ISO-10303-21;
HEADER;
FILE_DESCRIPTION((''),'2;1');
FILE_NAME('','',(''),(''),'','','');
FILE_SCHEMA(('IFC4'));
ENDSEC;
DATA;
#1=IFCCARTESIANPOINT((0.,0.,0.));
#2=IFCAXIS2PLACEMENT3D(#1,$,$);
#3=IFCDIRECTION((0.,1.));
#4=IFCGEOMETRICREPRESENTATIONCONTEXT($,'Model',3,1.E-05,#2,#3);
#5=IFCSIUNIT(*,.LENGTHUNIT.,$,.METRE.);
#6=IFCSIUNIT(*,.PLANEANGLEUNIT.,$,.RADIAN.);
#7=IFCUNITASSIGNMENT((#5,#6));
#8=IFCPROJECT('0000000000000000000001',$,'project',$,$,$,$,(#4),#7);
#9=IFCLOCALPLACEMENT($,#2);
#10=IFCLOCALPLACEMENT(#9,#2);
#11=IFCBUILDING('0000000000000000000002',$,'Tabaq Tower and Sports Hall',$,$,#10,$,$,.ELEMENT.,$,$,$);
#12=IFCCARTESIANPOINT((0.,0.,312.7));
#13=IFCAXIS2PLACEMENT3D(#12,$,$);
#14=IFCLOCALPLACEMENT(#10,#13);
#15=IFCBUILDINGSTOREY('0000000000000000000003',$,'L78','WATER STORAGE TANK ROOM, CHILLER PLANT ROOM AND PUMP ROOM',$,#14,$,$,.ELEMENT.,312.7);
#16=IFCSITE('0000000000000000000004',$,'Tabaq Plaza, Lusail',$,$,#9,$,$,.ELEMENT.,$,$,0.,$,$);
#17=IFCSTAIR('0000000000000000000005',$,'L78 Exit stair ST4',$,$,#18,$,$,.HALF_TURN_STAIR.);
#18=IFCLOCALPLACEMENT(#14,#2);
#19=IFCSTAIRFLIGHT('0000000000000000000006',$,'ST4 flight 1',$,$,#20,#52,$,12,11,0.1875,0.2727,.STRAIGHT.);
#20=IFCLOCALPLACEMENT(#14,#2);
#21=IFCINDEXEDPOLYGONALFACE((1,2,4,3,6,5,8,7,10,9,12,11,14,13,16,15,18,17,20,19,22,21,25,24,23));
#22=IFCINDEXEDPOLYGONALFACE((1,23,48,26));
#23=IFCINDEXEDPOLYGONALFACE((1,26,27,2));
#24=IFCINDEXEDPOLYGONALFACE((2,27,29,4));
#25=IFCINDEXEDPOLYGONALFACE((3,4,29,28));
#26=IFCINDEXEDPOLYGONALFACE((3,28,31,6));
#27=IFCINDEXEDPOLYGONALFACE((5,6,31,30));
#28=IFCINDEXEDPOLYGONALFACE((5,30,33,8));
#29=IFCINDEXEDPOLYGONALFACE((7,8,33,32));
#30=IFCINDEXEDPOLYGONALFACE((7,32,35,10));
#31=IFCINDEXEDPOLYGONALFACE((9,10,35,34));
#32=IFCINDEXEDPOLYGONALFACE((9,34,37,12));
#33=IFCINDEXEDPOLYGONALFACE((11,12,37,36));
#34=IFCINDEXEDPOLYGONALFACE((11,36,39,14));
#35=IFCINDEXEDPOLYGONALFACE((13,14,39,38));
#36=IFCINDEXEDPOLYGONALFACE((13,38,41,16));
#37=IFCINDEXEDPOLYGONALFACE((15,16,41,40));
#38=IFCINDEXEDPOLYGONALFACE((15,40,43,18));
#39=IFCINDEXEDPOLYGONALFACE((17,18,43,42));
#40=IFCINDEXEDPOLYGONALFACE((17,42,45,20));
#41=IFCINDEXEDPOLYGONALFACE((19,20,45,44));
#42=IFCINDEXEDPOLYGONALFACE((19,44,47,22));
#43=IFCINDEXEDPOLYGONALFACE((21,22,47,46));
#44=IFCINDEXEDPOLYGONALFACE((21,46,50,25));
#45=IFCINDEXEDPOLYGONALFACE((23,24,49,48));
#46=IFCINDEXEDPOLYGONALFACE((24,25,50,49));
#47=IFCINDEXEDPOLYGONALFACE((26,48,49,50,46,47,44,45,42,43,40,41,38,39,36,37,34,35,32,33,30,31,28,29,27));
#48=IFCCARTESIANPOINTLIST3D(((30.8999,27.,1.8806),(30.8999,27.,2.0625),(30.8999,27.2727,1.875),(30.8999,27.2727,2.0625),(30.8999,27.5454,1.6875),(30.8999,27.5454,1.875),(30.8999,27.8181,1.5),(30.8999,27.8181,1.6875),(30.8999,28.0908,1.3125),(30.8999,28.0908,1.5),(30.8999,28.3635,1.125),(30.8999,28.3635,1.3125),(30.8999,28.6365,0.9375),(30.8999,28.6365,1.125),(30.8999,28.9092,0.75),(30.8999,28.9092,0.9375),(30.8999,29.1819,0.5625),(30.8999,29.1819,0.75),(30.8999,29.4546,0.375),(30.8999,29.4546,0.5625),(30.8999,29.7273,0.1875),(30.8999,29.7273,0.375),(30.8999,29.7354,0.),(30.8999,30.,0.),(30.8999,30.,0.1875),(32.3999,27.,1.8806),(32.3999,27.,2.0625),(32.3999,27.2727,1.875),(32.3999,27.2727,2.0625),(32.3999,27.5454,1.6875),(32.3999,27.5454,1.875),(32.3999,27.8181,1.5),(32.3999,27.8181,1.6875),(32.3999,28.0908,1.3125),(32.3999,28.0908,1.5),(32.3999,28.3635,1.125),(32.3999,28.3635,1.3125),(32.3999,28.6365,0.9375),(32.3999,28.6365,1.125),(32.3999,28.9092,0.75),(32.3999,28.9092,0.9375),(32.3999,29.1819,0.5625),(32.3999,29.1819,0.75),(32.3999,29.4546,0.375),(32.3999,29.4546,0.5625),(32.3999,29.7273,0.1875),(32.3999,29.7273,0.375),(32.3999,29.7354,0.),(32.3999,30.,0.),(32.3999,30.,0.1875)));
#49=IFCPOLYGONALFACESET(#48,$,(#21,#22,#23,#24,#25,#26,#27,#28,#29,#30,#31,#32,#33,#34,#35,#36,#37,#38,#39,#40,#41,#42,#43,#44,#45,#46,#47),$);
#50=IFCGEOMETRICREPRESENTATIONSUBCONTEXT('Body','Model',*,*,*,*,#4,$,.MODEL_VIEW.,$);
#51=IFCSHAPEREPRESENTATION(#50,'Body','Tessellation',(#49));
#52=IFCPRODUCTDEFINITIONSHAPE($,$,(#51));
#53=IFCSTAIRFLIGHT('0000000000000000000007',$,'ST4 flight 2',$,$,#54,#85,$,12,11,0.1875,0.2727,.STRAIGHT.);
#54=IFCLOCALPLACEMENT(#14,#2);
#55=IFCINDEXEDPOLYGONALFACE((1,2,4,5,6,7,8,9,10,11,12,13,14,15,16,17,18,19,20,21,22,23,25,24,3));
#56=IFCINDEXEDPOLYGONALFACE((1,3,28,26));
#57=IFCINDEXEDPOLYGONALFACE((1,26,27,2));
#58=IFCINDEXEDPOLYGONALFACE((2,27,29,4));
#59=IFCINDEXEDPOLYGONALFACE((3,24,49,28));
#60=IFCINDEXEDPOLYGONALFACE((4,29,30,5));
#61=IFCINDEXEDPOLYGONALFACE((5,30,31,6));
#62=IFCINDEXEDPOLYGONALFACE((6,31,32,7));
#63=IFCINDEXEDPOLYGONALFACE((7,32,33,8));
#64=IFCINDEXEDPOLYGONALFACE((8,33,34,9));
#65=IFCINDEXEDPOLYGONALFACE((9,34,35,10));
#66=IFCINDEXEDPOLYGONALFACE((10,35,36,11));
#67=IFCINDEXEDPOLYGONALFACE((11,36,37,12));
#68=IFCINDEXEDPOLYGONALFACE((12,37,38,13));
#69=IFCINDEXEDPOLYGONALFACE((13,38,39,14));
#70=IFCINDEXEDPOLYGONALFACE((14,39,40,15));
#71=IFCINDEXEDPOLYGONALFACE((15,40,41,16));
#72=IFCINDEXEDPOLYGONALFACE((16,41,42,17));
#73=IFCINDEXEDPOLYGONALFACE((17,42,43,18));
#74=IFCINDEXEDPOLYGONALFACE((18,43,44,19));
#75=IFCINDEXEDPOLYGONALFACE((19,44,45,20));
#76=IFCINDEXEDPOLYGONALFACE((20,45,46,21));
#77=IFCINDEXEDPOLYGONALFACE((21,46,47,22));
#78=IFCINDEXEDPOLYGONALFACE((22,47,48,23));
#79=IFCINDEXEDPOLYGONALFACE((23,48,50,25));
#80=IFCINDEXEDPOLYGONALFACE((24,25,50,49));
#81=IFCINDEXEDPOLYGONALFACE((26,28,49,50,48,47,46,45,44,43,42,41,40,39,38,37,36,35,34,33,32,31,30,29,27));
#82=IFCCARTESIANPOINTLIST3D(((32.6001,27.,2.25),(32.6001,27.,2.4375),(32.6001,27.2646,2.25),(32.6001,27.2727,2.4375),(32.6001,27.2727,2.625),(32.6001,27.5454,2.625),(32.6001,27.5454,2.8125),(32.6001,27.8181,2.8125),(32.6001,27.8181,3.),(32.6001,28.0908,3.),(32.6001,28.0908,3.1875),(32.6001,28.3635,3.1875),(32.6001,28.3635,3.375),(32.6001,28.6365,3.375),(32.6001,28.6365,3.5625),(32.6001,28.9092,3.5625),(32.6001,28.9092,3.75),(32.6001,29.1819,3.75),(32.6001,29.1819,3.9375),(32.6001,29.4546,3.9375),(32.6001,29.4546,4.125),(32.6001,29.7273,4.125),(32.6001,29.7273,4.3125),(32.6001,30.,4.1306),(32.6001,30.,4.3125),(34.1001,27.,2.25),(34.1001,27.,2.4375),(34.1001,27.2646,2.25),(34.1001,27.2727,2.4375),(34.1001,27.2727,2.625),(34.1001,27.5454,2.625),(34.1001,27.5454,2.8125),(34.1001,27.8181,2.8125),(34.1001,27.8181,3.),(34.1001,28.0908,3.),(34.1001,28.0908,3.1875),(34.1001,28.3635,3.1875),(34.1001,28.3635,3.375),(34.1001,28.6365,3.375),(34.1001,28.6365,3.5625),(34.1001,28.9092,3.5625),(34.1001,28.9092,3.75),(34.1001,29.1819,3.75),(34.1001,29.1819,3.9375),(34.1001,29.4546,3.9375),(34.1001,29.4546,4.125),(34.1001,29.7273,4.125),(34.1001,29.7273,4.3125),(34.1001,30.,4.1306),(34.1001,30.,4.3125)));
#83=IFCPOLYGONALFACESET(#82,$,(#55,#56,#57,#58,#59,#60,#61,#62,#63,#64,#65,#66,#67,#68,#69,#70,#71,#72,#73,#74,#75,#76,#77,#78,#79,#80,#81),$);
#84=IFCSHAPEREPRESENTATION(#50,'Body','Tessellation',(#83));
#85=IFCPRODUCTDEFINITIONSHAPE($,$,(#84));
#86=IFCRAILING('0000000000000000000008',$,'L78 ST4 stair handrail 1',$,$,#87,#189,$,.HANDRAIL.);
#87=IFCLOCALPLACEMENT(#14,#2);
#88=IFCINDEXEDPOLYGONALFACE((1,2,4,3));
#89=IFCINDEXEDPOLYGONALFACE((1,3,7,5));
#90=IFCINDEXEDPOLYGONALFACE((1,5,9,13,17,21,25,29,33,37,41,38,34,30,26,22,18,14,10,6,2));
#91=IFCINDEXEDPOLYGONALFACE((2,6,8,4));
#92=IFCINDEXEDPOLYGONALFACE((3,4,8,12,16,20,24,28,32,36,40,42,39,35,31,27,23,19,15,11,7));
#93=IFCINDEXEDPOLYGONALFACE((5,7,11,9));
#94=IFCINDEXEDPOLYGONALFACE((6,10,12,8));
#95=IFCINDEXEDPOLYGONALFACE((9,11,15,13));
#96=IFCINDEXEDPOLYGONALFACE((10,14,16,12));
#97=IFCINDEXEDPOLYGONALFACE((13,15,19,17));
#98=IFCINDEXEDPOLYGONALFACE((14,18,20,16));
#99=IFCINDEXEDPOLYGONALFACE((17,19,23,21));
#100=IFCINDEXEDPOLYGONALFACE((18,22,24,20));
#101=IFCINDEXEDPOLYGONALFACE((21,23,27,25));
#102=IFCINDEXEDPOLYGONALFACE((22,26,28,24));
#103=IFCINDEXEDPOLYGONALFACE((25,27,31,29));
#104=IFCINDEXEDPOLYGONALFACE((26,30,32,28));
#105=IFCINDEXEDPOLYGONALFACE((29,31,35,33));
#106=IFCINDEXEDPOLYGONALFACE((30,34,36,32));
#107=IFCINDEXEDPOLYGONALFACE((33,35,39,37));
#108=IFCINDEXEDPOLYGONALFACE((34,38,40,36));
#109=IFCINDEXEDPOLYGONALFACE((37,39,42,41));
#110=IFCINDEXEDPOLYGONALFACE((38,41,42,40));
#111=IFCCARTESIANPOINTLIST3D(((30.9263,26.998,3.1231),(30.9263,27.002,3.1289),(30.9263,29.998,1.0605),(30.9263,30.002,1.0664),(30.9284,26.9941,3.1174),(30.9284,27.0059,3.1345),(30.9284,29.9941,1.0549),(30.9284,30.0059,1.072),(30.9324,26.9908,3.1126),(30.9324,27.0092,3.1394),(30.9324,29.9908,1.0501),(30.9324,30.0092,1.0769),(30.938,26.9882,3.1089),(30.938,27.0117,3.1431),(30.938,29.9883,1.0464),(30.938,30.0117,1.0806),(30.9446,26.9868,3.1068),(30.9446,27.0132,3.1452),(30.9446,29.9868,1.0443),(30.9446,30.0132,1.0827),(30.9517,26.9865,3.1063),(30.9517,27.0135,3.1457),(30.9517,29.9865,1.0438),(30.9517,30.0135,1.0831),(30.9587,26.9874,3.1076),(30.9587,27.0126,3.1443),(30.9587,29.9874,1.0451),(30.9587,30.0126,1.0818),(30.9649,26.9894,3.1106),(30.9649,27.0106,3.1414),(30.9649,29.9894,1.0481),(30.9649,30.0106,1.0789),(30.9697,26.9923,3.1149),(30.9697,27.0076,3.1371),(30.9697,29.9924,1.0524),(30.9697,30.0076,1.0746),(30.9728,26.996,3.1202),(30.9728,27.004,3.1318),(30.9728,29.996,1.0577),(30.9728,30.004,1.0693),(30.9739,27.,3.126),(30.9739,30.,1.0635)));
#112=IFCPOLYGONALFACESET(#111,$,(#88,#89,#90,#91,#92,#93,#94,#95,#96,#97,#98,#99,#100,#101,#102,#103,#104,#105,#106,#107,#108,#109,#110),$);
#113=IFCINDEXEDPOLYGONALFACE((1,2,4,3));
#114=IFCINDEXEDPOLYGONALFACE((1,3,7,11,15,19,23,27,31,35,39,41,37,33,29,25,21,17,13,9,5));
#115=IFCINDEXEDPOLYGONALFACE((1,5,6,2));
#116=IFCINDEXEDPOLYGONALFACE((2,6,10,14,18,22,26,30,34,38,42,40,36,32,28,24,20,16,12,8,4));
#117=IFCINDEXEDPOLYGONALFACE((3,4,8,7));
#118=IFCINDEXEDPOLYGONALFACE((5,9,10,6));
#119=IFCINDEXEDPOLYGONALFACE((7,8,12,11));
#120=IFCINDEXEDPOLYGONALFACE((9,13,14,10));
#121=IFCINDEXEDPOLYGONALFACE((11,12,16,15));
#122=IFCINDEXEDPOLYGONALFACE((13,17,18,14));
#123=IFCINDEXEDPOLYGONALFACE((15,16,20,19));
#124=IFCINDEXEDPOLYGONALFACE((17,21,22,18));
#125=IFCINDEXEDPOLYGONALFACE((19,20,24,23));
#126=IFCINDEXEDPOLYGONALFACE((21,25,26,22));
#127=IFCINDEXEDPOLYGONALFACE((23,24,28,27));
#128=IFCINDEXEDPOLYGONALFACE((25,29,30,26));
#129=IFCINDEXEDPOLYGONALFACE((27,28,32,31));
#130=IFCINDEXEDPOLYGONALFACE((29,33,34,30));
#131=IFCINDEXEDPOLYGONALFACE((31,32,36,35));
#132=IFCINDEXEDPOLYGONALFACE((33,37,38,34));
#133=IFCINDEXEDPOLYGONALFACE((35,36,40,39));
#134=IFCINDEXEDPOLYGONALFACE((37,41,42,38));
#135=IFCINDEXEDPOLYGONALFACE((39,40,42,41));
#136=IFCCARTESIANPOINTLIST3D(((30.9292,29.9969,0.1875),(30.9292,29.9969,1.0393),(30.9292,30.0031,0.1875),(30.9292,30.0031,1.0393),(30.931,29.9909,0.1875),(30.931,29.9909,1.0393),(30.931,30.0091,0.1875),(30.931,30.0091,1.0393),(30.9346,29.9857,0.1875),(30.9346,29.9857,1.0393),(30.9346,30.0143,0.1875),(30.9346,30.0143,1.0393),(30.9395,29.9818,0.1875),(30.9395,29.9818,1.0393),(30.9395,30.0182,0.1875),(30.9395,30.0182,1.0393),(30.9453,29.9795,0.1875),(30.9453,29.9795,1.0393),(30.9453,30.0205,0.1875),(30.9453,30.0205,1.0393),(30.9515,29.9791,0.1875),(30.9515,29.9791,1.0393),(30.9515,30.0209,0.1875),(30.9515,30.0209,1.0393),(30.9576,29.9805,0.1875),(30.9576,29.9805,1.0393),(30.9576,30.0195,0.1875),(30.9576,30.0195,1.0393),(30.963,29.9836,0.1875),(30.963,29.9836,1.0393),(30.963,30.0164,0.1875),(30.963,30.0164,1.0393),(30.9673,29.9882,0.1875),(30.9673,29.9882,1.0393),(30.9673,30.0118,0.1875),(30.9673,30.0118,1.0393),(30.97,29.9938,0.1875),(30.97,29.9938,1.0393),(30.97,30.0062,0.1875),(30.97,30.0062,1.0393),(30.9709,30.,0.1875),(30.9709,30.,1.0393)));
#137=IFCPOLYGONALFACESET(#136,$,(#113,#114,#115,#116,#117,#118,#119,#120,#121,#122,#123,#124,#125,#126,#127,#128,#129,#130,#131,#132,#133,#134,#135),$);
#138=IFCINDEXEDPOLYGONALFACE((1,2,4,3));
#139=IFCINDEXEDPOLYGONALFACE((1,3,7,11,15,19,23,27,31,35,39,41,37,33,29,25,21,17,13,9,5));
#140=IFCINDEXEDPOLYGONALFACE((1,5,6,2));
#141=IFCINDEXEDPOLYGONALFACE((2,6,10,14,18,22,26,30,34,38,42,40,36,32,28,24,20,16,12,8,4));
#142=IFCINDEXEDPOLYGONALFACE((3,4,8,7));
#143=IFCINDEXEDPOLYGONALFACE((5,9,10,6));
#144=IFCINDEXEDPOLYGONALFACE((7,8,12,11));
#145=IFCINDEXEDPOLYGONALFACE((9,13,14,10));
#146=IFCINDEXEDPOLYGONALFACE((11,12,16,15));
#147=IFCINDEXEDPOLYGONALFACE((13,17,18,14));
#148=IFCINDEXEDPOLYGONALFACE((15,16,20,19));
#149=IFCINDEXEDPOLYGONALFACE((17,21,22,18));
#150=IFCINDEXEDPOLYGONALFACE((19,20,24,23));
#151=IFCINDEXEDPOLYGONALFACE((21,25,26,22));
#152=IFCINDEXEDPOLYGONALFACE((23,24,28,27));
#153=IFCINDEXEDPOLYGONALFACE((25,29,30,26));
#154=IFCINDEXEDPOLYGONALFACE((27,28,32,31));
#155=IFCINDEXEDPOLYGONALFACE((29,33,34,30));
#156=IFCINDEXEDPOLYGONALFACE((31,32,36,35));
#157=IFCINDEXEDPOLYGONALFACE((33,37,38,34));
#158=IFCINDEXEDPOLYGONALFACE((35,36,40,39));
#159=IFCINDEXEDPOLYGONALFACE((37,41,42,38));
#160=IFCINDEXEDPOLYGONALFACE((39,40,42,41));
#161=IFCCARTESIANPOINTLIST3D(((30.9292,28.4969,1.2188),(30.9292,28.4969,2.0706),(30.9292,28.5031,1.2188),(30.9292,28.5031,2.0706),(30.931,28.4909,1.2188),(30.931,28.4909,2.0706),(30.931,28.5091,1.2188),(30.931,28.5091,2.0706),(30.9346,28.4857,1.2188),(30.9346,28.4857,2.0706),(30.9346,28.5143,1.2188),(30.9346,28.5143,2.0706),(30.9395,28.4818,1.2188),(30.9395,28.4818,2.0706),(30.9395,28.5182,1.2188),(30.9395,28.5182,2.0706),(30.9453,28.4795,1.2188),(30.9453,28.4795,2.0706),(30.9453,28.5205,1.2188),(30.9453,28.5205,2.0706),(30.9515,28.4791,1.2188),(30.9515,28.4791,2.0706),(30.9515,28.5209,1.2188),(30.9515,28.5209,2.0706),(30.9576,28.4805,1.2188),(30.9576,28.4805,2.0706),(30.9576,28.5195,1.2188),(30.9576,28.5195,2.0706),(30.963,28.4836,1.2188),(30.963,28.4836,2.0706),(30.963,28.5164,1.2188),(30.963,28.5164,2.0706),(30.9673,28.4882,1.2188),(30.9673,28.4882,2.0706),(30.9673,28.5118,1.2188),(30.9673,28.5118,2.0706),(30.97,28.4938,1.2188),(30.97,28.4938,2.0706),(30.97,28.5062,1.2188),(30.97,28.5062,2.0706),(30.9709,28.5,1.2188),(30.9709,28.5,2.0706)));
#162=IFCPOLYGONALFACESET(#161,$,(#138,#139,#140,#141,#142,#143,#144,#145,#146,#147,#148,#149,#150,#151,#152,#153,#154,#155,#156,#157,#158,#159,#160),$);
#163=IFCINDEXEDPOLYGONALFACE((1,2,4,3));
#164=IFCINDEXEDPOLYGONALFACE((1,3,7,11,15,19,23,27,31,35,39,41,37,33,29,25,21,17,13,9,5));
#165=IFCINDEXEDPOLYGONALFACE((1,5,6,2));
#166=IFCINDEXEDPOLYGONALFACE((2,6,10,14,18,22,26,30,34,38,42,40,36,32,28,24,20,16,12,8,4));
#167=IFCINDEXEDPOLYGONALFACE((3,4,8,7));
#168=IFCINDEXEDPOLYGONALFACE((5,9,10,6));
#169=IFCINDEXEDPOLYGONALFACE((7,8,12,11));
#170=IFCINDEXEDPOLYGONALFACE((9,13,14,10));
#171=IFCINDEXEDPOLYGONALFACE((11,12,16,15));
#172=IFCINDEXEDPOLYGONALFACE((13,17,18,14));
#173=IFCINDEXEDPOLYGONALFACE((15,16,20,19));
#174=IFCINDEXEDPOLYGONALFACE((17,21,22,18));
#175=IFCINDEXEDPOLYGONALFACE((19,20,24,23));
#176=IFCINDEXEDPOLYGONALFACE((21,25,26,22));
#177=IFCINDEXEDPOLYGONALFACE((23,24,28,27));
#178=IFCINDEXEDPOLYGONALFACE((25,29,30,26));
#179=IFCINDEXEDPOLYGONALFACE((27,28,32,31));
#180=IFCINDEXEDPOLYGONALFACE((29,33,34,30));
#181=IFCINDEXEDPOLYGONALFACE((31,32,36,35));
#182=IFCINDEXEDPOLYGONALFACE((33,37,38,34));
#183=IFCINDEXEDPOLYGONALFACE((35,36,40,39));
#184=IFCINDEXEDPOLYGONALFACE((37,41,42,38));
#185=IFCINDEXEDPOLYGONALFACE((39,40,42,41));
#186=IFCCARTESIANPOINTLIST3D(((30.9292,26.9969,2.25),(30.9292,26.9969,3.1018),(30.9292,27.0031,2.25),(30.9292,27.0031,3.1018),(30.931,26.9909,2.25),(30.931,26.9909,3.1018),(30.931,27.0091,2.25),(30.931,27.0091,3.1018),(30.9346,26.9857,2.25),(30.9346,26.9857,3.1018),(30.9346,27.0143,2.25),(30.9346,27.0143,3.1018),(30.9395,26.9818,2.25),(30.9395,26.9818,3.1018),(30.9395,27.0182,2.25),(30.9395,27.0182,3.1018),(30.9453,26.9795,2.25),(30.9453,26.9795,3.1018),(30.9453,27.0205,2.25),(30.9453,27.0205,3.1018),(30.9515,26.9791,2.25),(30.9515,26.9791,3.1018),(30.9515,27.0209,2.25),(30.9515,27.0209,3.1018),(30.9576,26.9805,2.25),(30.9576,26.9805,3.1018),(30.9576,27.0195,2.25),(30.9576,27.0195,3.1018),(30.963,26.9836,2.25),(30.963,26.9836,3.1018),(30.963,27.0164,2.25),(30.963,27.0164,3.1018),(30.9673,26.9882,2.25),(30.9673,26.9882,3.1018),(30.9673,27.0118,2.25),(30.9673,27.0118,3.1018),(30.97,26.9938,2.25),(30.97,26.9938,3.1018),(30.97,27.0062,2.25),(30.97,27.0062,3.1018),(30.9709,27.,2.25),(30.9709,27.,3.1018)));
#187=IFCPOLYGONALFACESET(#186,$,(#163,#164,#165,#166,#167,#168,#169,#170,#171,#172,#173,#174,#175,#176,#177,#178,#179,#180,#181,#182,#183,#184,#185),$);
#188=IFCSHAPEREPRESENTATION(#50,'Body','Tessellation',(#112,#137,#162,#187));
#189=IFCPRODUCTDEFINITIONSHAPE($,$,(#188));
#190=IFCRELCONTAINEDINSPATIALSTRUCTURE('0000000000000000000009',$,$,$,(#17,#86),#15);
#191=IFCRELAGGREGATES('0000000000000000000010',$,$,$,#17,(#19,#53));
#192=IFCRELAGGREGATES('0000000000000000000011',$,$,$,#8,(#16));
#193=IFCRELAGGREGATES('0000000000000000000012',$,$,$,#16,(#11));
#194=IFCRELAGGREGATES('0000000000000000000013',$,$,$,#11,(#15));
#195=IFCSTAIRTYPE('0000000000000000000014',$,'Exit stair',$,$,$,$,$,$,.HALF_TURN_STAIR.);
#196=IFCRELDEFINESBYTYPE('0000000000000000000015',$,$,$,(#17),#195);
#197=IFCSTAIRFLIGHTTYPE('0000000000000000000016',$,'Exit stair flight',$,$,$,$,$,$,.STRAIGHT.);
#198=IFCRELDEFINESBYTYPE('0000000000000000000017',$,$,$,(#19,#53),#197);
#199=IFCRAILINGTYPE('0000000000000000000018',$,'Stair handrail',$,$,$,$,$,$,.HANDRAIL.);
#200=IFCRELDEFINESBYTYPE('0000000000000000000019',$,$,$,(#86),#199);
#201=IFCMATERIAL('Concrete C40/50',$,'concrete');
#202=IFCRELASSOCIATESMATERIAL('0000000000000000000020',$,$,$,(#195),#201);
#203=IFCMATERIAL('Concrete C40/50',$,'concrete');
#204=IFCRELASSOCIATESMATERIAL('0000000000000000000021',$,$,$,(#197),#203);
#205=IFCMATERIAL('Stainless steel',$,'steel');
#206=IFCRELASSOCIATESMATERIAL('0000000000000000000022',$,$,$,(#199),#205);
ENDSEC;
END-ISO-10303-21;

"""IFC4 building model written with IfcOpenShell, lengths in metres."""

from ifc_helpers import new_model, si_unit, direction, frame, origin, origin_2d, place, context, subcontext, project, spatial, polyline, circle, outline, extrude, material, type_object, element, aggregate, save


model = new_model("IFC4")

# Units and contexts
model_context = context("Model", 3, precision=1e-05, world=origin(), true_north=direction((0.0, 1.0)))
body_context = subcontext(model_context, "Body", "Model", "MODEL_VIEW")
ifc_project = project(units=[si_unit("LENGTHUNIT", "METRE"), si_unit("PLANEANGLEUNIT", "RADIAN")], contexts=[model_context])

# Site, building, storey
site_placement = place(None, origin())
site = spatial("IfcSite", under=ifc_project, at=site_placement, Name="Tabaq Plaza, Lusail", CompositionType="ELEMENT", RefElevation=0.0)
building_placement = place(site_placement, origin())
building = spatial("IfcBuilding", under=site, at=building_placement, Name="Tabaq Tower and Sports Hall", CompositionType="ELEMENT")
storey_placement = place(building_placement, frame((0.0, 0.0, 312.7)))
storey = spatial("IfcBuildingStorey", under=building, at=storey_placement, Name="L78", Description="WATER STORAGE TANK ROOM, CHILLER PLANT ROOM AND PUMP ROOM", CompositionType="ELEMENT", Elevation=312.7)

# Stair, stair flights
ifc_material_1 = material(Name="Concrete C40/50", Category="concrete")
stair_type = type_object("IfcStairType", Name="Exit stair", PredefinedType="HALF_TURN_STAIR", material=ifc_material_1)
stair_placement = place(storey_placement, origin())
stair = element("IfcStair", 1, at=stair_placement, inside=storey, type_object=stair_type, Name="L78 Exit stair ST4", PredefinedType="HALF_TURN_STAIR")
ifc_material_2 = material(Name="Concrete C40/50", Category="concrete")
stair_flight_type = type_object("IfcStairFlightType", Name="Exit stair flight", PredefinedType="STRAIGHT", material=ifc_material_2)
stair_flight_1_placement = place(storey_placement, frame((31.6499, 30.0, 0.0), z_axis=(0.0, 0.0, 1.0), x_axis=(0.0, -1.0, 0.0)))
stair_flight_1 = element("IfcStairFlight", 2, at=stair_flight_1_placement, type_object=stair_flight_type, Name="ST4 flight 1", NumberOfRisers=12, NumberOfTreads=11, PredefinedType="STRAIGHT", RiserHeight=0.1875, TreadLength=0.2727, context=body_context, shape_type="SweptSolid", body=[
    extrude(outline(polyline([(0.0, 0.0), (0.0, 0.1875), (0.2727, 0.1875), (0.2727, 0.375), (0.5454, 0.375), (0.5454, 0.5625), (0.8181, 0.5625), (0.8181, 0.75), (1.0908, 0.75), (1.0908, 0.9375), (1.3635, 0.9375), (1.3635, 1.125), (1.6365, 1.125), (1.6365, 1.3125), (1.9092, 1.3125), (1.9092, 1.5), (2.1819, 1.5), (2.1819, 1.6875), (2.4546, 1.6875), (2.4546, 1.875), (2.7273, 1.875), (2.7273, 2.0625), (3.0, 2.0625), (3.0, 2.25), (3.0, 1.8806), (0.2646, 0.0), (0.0, 0.0)])), frame((0.0, 0.75, 0.0), z_axis=(0.0, -1.0, 0.0), x_axis=(1.0, 0.0, 0.0)), (0.0, 0.0, 1.0), 1.5),
])
stair_flight_2_placement = place(storey_placement, frame((33.3501, 27.0, 2.25), z_axis=(0.0, 0.0, 1.0), x_axis=(0.0, 1.0, 0.0)))
stair_flight_2 = element("IfcStairFlight", 3, at=stair_flight_2_placement, type_object=stair_flight_type, Name="ST4 flight 2", NumberOfRisers=12, NumberOfTreads=11, PredefinedType="STRAIGHT", RiserHeight=0.1875, TreadLength=0.2727, context=body_context, shape_type="SweptSolid", body=[
    extrude(outline(polyline([(0.0, 0.0), (0.0, 0.1875), (0.2727, 0.1875), (0.2727, 0.375), (0.5454, 0.375), (0.5454, 0.5625), (0.8181, 0.5625), (0.8181, 0.75), (1.0908, 0.75), (1.0908, 0.9375), (1.3635, 0.9375), (1.3635, 1.125), (1.6365, 1.125), (1.6365, 1.3125), (1.9092, 1.3125), (1.9092, 1.5), (2.1819, 1.5), (2.1819, 1.6875), (2.4546, 1.6875), (2.4546, 1.875), (2.7273, 1.875), (2.7273, 2.0625), (3.0, 2.0625), (3.0, 2.25), (3.0, 1.8806), (0.2646, 0.0), (0.0, 0.0)])), frame((0.0, 0.75, 0.0), z_axis=(0.0, -1.0, 0.0), x_axis=(1.0, 0.0, 0.0)), (0.0, 0.0, 1.0), 1.5),
])
aggregate(stair, [stair_flight_1, stair_flight_2])

# Railing
ifc_material_3 = material(Name="Stainless steel", Category="steel")
railing_type_1 = type_object("IfcRailingType", Name="Stair handrail", PredefinedType="HANDRAIL", material=ifc_material_3)
railing_1_placement = place(storey_placement, frame((30.95, 30.0, 0.1875)))
element("IfcRailing", 4, at=railing_1_placement, inside=storey, type_object=railing_type_1, Name="L78 ST4 stair handrail 1", PredefinedType="HANDRAIL", context=body_context, shape_type="SweptSolid", body=[
    extrude(circle(Radius=0.0239, at=origin_2d()), frame((0.0, 0.0, 0.876), z_axis=(0.0, -0.824042, 0.566529), x_axis=(1.0, 0.0, 0.0)), (0.0, 0.0, 1.0), 3.6406),
    extrude(circle(Radius=0.021, at=origin_2d()), origin(), (0.0, 0.0, 1.0), 0.8518),
    extrude(circle(Radius=0.021, at=origin_2d()), frame((0.0, -1.5, 1.0312)), (0.0, 0.0, 1.0), 0.8518),
    extrude(circle(Radius=0.021, at=origin_2d()), frame((0.0, -3.0, 2.0625)), (0.0, 0.0, 1.0), 0.8518),
])

save(model, "model.ifc")
